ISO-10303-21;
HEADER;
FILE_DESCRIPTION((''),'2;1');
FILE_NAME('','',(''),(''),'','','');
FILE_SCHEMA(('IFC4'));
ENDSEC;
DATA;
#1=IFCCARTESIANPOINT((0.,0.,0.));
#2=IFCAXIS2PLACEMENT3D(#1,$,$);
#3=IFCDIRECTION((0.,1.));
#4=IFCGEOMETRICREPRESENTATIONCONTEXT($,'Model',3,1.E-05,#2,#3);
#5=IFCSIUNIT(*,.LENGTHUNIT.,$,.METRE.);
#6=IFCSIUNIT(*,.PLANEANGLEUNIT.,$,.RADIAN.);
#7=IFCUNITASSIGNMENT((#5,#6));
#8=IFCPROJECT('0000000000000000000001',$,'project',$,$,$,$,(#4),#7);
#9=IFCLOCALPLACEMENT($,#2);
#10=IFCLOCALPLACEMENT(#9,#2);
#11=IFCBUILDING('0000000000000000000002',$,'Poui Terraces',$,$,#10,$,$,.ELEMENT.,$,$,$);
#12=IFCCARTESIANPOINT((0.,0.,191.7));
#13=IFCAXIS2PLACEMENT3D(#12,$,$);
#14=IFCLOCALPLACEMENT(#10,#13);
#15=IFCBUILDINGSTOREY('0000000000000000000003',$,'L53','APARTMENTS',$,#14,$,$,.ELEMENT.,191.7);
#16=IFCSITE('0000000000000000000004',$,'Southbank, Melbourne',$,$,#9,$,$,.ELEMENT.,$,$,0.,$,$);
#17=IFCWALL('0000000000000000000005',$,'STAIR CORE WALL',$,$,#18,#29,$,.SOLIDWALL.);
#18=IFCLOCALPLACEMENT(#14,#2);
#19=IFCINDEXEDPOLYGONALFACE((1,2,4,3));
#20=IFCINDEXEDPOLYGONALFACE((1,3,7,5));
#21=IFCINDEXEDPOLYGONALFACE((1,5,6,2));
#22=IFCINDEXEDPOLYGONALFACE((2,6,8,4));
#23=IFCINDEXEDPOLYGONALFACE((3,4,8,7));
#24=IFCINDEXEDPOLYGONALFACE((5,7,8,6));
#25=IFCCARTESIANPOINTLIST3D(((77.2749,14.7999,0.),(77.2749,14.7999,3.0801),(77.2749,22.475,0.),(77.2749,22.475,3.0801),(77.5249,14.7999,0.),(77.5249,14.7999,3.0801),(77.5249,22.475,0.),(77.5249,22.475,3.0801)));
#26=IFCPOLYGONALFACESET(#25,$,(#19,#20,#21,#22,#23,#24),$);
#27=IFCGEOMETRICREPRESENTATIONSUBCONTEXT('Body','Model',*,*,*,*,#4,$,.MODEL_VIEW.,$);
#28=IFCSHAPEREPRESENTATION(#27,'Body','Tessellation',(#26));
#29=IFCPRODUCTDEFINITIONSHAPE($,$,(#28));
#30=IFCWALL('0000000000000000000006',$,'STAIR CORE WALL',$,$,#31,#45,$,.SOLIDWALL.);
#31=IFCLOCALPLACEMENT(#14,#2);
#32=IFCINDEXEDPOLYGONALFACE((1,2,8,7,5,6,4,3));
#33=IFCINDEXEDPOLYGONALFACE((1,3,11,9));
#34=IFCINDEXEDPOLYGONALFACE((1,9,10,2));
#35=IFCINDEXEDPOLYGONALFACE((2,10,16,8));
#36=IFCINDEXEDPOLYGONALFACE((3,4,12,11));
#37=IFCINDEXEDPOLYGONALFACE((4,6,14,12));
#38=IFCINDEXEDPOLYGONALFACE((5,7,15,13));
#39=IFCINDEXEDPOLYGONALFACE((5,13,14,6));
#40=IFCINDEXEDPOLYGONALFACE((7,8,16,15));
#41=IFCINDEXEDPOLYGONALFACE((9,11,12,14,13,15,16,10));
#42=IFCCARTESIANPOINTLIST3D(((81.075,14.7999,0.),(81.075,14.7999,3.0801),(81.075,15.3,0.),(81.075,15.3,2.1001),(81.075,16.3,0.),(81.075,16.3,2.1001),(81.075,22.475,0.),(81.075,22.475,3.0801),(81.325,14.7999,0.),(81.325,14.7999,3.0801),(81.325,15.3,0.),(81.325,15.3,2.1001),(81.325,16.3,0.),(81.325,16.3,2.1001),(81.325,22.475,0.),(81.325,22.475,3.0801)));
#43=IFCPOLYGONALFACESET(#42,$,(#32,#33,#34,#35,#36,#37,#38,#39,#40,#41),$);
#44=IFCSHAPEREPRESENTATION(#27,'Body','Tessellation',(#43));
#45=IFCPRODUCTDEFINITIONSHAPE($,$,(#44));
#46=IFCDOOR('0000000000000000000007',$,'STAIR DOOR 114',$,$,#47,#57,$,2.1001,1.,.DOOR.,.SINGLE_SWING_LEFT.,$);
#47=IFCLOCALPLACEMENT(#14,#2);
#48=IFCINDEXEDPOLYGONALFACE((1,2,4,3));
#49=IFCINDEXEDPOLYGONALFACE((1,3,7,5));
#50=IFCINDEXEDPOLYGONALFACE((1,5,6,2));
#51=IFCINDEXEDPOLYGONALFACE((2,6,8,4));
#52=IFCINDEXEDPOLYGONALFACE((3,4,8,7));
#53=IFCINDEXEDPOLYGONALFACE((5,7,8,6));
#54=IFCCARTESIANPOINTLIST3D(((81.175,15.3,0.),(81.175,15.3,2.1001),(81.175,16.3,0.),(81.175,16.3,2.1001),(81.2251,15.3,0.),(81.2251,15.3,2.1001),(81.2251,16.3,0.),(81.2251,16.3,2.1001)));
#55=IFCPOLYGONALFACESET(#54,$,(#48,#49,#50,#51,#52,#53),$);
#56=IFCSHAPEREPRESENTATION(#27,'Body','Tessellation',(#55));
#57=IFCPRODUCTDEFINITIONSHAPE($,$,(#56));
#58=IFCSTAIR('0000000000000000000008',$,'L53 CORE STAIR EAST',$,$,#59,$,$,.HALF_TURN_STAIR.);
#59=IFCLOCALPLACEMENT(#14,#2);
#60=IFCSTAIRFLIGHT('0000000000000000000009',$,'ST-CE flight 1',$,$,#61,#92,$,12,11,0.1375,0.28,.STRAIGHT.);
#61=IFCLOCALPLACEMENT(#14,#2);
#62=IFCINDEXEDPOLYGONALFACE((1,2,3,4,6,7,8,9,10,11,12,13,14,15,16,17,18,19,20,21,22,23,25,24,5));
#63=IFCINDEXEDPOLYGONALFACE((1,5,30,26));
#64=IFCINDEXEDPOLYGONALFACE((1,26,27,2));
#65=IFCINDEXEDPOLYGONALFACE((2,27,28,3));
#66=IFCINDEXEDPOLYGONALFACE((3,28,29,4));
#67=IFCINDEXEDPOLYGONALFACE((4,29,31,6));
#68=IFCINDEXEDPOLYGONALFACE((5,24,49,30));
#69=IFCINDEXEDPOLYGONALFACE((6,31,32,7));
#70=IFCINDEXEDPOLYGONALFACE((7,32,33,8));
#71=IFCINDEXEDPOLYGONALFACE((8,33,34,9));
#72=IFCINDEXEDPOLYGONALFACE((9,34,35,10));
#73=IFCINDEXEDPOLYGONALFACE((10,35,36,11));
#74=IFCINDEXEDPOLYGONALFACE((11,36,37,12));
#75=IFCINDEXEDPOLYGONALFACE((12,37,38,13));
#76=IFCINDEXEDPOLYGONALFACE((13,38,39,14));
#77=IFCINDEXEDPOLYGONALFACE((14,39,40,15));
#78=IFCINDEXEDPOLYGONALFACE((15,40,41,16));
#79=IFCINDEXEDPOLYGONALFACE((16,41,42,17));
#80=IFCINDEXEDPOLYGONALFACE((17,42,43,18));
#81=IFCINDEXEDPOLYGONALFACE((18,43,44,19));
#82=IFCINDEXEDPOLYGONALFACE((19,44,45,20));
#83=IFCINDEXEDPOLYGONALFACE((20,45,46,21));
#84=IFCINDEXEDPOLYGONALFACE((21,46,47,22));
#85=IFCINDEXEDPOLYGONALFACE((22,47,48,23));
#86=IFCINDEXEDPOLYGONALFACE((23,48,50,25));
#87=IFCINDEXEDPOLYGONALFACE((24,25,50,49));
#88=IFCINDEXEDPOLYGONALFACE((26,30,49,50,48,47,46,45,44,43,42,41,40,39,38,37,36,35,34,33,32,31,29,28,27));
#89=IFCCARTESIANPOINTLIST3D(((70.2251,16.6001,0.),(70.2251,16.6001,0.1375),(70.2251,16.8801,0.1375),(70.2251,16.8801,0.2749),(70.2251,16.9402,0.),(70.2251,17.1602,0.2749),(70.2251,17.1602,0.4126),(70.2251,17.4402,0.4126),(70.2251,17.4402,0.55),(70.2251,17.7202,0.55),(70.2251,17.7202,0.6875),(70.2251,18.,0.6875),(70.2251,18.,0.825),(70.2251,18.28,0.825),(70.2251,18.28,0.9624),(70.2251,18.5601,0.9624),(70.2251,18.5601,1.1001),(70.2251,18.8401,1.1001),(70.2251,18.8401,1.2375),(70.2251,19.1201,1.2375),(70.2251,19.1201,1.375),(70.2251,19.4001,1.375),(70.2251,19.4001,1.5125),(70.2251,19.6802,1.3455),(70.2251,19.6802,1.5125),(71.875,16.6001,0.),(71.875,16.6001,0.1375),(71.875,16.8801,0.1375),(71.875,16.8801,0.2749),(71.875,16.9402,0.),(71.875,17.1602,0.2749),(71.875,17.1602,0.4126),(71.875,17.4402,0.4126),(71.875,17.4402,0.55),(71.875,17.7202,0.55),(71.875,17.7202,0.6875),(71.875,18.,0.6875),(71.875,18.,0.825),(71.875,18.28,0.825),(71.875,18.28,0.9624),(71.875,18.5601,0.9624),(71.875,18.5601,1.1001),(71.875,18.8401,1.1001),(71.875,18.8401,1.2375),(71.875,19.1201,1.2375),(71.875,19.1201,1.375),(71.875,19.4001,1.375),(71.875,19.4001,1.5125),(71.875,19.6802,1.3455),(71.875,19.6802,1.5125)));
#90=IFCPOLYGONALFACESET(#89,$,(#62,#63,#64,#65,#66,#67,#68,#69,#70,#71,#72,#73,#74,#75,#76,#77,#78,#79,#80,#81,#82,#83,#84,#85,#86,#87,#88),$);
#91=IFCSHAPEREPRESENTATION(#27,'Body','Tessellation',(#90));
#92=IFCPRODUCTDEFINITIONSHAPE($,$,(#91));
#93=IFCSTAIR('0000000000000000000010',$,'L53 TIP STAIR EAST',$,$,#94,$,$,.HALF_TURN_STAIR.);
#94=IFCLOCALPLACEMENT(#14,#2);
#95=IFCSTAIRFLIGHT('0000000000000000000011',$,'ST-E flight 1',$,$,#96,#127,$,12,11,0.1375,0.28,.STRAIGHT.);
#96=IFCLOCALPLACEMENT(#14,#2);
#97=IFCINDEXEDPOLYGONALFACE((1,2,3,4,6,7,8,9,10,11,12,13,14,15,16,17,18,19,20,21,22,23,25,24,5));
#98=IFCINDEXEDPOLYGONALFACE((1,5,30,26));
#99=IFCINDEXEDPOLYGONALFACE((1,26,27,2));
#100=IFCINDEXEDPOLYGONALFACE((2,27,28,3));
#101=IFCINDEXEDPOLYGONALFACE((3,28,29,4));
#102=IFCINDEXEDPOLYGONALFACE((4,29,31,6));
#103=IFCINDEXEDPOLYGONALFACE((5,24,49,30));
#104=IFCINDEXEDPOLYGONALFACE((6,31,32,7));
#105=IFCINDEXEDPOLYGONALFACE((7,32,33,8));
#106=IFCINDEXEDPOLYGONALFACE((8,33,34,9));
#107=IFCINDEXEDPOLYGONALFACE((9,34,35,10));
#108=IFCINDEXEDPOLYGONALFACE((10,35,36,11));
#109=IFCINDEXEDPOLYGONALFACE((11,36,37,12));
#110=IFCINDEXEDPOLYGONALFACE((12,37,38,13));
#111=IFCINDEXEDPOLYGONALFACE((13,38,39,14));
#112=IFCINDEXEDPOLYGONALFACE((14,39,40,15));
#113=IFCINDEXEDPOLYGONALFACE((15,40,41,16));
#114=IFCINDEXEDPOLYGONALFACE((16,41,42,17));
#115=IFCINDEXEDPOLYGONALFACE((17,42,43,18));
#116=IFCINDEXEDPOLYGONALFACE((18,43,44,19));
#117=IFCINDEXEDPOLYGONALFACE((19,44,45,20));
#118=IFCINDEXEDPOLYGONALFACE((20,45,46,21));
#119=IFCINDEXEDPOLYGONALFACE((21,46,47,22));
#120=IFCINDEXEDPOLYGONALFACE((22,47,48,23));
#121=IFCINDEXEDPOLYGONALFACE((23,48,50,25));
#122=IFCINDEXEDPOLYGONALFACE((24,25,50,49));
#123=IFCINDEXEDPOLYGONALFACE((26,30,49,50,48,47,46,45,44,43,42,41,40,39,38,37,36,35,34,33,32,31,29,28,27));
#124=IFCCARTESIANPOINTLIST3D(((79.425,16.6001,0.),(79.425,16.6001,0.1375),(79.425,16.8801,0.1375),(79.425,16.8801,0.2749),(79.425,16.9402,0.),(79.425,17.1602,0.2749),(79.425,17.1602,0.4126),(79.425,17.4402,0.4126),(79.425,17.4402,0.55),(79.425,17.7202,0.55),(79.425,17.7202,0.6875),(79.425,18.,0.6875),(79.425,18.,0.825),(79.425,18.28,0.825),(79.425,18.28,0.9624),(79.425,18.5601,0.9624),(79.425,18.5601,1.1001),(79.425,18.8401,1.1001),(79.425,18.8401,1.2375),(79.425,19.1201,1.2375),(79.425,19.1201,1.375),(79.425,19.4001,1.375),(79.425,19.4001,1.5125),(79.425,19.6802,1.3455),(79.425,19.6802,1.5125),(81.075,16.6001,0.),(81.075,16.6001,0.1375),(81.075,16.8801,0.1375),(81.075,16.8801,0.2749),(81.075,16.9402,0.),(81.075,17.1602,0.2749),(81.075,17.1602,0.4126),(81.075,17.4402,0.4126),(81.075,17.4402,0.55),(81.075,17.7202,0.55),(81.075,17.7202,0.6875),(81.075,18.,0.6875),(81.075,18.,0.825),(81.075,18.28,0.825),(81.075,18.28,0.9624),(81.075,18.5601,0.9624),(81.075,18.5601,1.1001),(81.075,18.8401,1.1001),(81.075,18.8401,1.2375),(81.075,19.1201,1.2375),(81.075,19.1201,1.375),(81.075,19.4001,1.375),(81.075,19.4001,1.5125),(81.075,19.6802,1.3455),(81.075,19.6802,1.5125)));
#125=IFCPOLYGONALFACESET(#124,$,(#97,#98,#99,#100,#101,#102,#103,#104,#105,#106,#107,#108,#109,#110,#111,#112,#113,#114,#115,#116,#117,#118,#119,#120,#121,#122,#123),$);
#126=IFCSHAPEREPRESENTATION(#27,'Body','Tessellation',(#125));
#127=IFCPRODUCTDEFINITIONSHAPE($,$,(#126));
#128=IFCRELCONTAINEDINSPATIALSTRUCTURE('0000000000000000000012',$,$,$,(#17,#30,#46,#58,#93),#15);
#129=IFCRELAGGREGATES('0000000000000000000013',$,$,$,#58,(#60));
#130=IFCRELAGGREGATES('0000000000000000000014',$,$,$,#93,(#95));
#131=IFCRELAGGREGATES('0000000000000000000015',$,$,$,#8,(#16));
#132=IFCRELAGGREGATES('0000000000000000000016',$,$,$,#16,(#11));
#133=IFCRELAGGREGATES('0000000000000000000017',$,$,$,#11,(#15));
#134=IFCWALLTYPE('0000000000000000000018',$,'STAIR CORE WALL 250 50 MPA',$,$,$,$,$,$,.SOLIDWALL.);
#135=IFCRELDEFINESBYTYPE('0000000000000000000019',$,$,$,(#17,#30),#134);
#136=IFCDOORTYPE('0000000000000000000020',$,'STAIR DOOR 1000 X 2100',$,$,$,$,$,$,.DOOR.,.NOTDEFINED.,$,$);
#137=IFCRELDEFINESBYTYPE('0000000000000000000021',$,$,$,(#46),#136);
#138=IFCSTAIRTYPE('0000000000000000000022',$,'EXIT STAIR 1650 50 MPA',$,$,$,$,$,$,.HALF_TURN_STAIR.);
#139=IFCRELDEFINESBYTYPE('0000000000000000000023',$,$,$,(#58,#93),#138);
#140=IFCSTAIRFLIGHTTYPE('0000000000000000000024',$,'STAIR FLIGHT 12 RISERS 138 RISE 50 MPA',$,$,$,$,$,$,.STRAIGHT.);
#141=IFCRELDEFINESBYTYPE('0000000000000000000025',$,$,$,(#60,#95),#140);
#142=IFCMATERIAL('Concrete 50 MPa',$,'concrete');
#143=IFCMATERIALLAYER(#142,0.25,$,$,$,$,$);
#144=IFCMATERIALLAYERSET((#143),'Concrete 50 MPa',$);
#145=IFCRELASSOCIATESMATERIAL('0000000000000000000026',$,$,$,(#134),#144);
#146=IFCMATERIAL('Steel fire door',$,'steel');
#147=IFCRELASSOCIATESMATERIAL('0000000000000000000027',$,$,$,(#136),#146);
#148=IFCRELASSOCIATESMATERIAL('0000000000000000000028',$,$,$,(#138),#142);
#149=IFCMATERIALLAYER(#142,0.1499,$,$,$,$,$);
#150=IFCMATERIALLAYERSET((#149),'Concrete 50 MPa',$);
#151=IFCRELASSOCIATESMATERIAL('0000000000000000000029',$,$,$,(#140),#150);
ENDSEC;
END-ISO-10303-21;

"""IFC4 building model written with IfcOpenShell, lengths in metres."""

from ifc_helpers import new_model, si_unit, direction, frame, frame_2d, origin, place, context, subcontext, project, spatial, polyline, rectangle, outline, extrude, material, layer, layer_set, type_object, element, fill, aggregate, save


model = new_model("IFC4")

# Units and contexts
model_context = context("Model", 3, precision=1e-05, world=origin(), true_north=direction((0.0, 1.0)))
body_context = subcontext(model_context, "Body", "Model", "MODEL_VIEW")
ifc_project = project(units=[si_unit("LENGTHUNIT", "METRE"), si_unit("PLANEANGLEUNIT", "RADIAN")], contexts=[model_context])

# Site, building, storey
site_placement = place(None, origin())
site = spatial("IfcSite", under=ifc_project, at=site_placement, Name="Southbank, Melbourne", CompositionType="ELEMENT", RefElevation=0.0)
building_placement = place(site_placement, origin())
building = spatial("IfcBuilding", under=site, at=building_placement, Name="Poui Terraces", CompositionType="ELEMENT")
storey_placement = place(building_placement, frame((0.0, 0.0, 191.7)))
storey = spatial("IfcBuildingStorey", under=building, at=storey_placement, Name="L53", Description="APARTMENTS", CompositionType="ELEMENT", Elevation=191.7)

# Shared definitions
ifc_material_1 = material(Name="Concrete 50 MPa", Category="concrete")

# Shared definitions
ifc_material_2 = material(Name="Steel fire door", Category="steel")

# Shared definitions
ifc_layer_1 = layer(ifc_material_1, 0.25)
ifc_layer_set_1 = layer_set([ifc_layer_1], Name="Concrete 50 MPa")
wall_type_1 = type_object("IfcWallType", Name="STAIR CORE WALL 250 50 MPA", PredefinedType="SOLIDWALL", material=ifc_layer_set_1)
door_type_1 = type_object("IfcDoorType", Name="STAIR DOOR 1000 X 2100", OperationType="NOTDEFINED", PredefinedType="DOOR", material=ifc_material_2)

# Wall
for number, where, z_axis, x_axis, name in (
    (1, (77.3999, 14.8, 0.0), (0.0, 0.0, 1.0), (0.0, 1.0, 0.0), "STAIR CORE WALL"),
):
    element("IfcWall", number, at=place(storey_placement, frame(where, z_axis=z_axis, x_axis=x_axis)), inside=storey, type_object=wall_type_1, Name=name, PredefinedType="SOLIDWALL", context=body_context, shape_type="SweptSolid", body=[
        extrude(rectangle(XDim=7.675, YDim=0.25, at=frame_2d((3.8374, 0.0))), origin(), (0.0, 0.0, 1.0), 3.0801),
    ])

# Wall, opening, door
wall_1_placement = place(storey_placement, frame((81.2, 14.8, 0.0), z_axis=(0.0, 0.0, 1.0), x_axis=(0.0, 1.0, 0.0)))
wall_1 = element("IfcWall", 2, at=wall_1_placement, inside=storey, type_object=wall_type_1, Name="STAIR CORE WALL", PredefinedType="SOLIDWALL", context=body_context, shape_type="SweptSolid", body=[
    extrude(rectangle(XDim=7.675, YDim=0.25, at=frame_2d((3.8374, 0.0))), origin(), (0.0, 0.0, 1.0), 3.0801),
])
opening_1_placement = place(wall_1_placement, frame((0.5, 0.0, 0.0)))
opening_1 = element("IfcOpeningElement", 3, at=opening_1_placement, cuts=wall_1, PredefinedType="OPENING", context=body_context, shape_type="SweptSolid", body=[
    extrude(rectangle(XDim=1.0, YDim=2.1001, at=frame_2d((0.5, 1.05))), frame((0.0, 0.135, 0.0), z_axis=(0.0, -1.0, 0.0), x_axis=(1.0, 0.0, 0.0)), (0.0, 0.0, 1.0), 0.27),
])
door_1_placement = place(opening_1_placement, origin())
door_1 = element("IfcDoor", 4, at=door_1_placement, inside=storey, type_object=door_type_1, Name="STAIR DOOR 114", OperationType="SINGLE_SWING_LEFT", OverallHeight=2.1001, OverallWidth=1.0, PredefinedType="DOOR", context=body_context, shape_type="SweptSolid", body=[
    extrude(rectangle(XDim=1.0, YDim=2.1001, at=frame_2d((0.5, 1.05))), frame((0.0, 0.0249, 0.0), z_axis=(0.0, -1.0, 0.0), x_axis=(1.0, 0.0, 0.0)), (0.0, 0.0, 1.0), 0.05),
])
fill(opening_1, door_1)

# Stairs, stair flights
stair_type = type_object("IfcStairType", Name="EXIT STAIR 1650 50 MPA", PredefinedType="HALF_TURN_STAIR", material=ifc_material_1)
stair_1_placement = place(storey_placement, origin())
stair_1 = element("IfcStair", 5, at=stair_1_placement, inside=storey, type_object=stair_type, Name="L53 CORE STAIR EAST", PredefinedType="HALF_TURN_STAIR")
ifc_layer_2 = layer(ifc_material_1, 0.1499)
ifc_layer_set_2 = layer_set([ifc_layer_2], Name="Concrete 50 MPa")
stair_flight_type = type_object("IfcStairFlightType", Name="STAIR FLIGHT 12 RISERS 138 RISE 50 MPA", PredefinedType="STRAIGHT", material=ifc_layer_set_2)
stair_flight_1_placement = place(storey_placement, frame((71.05, 16.6001, 0.0), z_axis=(0.0, 0.0, 1.0), x_axis=(0.0, 1.0, 0.0)))
stair_flight_1 = element("IfcStairFlight", 6, at=stair_flight_1_placement, type_object=stair_flight_type, Name="ST-CE flight 1", NumberOfRisers=12, NumberOfTreads=11, PredefinedType="STRAIGHT", RiserHeight=0.1375, TreadLength=0.28, context=body_context, shape_type="SweptSolid", body=[
    extrude(outline(polyline([(0.0, 0.0), (0.0, 0.1375), (0.28, 0.1375), (0.28, 0.2749), (0.5601, 0.2749), (0.5601, 0.4126), (0.8401, 0.4126), (0.8401, 0.55), (1.1201, 0.55), (1.1201, 0.6875), (1.3999, 0.6875), (1.3999, 0.825), (1.6799, 0.825), (1.6799, 0.9624), (1.96, 0.9624), (1.96, 1.1001), (2.24, 1.1001), (2.24, 1.2375), (2.52, 1.2375), (2.52, 1.375), (2.8, 1.375), (2.8, 1.5125), (3.0801, 1.5125), (3.0801, 1.6499), (3.0801, 1.3455), (0.3401, 0.0), (0.0, 0.0)])), frame((0.0, 0.825, 0.0), z_axis=(0.0, -1.0, 0.0), x_axis=(1.0, 0.0, 0.0)), (0.0, 0.0, 1.0), 1.6499),
])
aggregate(stair_1, [stair_flight_1])
stair_2_placement = place(storey_placement, origin())
stair_2 = element("IfcStair", 7, at=stair_2_placement, inside=storey, type_object=stair_type, Name="L53 TIP STAIR EAST", PredefinedType="HALF_TURN_STAIR")
stair_flight_2_placement = place(storey_placement, frame((80.25, 16.6001, 0.0), z_axis=(0.0, 0.0, 1.0), x_axis=(0.0, 1.0, 0.0)))
stair_flight_2 = element("IfcStairFlight", 8, at=stair_flight_2_placement, type_object=stair_flight_type, Name="ST-E flight 1", NumberOfRisers=12, NumberOfTreads=11, PredefinedType="STRAIGHT", RiserHeight=0.1375, TreadLength=0.28, context=body_context, shape_type="SweptSolid", body=[
    extrude(outline(polyline([(0.0, 0.0), (0.0, 0.1375), (0.28, 0.1375), (0.28, 0.2749), (0.5601, 0.2749), (0.5601, 0.4126), (0.8401, 0.4126), (0.8401, 0.55), (1.1201, 0.55), (1.1201, 0.6875), (1.3999, 0.6875), (1.3999, 0.825), (1.6799, 0.825), (1.6799, 0.9624), (1.96, 0.9624), (1.96, 1.1001), (2.24, 1.1001), (2.24, 1.2375), (2.52, 1.2375), (2.52, 1.375), (2.8, 1.375), (2.8, 1.5125), (3.0801, 1.5125), (3.0801, 1.6499), (3.0801, 1.3455), (0.3401, 0.0), (0.0, 0.0)])), frame((0.0, 0.825, 0.0), z_axis=(0.0, -1.0, 0.0), x_axis=(1.0, 0.0, 0.0)), (0.0, 0.0, 1.0), 1.6499),
])
aggregate(stair_2, [stair_flight_2])

save(model, "model.ifc")
